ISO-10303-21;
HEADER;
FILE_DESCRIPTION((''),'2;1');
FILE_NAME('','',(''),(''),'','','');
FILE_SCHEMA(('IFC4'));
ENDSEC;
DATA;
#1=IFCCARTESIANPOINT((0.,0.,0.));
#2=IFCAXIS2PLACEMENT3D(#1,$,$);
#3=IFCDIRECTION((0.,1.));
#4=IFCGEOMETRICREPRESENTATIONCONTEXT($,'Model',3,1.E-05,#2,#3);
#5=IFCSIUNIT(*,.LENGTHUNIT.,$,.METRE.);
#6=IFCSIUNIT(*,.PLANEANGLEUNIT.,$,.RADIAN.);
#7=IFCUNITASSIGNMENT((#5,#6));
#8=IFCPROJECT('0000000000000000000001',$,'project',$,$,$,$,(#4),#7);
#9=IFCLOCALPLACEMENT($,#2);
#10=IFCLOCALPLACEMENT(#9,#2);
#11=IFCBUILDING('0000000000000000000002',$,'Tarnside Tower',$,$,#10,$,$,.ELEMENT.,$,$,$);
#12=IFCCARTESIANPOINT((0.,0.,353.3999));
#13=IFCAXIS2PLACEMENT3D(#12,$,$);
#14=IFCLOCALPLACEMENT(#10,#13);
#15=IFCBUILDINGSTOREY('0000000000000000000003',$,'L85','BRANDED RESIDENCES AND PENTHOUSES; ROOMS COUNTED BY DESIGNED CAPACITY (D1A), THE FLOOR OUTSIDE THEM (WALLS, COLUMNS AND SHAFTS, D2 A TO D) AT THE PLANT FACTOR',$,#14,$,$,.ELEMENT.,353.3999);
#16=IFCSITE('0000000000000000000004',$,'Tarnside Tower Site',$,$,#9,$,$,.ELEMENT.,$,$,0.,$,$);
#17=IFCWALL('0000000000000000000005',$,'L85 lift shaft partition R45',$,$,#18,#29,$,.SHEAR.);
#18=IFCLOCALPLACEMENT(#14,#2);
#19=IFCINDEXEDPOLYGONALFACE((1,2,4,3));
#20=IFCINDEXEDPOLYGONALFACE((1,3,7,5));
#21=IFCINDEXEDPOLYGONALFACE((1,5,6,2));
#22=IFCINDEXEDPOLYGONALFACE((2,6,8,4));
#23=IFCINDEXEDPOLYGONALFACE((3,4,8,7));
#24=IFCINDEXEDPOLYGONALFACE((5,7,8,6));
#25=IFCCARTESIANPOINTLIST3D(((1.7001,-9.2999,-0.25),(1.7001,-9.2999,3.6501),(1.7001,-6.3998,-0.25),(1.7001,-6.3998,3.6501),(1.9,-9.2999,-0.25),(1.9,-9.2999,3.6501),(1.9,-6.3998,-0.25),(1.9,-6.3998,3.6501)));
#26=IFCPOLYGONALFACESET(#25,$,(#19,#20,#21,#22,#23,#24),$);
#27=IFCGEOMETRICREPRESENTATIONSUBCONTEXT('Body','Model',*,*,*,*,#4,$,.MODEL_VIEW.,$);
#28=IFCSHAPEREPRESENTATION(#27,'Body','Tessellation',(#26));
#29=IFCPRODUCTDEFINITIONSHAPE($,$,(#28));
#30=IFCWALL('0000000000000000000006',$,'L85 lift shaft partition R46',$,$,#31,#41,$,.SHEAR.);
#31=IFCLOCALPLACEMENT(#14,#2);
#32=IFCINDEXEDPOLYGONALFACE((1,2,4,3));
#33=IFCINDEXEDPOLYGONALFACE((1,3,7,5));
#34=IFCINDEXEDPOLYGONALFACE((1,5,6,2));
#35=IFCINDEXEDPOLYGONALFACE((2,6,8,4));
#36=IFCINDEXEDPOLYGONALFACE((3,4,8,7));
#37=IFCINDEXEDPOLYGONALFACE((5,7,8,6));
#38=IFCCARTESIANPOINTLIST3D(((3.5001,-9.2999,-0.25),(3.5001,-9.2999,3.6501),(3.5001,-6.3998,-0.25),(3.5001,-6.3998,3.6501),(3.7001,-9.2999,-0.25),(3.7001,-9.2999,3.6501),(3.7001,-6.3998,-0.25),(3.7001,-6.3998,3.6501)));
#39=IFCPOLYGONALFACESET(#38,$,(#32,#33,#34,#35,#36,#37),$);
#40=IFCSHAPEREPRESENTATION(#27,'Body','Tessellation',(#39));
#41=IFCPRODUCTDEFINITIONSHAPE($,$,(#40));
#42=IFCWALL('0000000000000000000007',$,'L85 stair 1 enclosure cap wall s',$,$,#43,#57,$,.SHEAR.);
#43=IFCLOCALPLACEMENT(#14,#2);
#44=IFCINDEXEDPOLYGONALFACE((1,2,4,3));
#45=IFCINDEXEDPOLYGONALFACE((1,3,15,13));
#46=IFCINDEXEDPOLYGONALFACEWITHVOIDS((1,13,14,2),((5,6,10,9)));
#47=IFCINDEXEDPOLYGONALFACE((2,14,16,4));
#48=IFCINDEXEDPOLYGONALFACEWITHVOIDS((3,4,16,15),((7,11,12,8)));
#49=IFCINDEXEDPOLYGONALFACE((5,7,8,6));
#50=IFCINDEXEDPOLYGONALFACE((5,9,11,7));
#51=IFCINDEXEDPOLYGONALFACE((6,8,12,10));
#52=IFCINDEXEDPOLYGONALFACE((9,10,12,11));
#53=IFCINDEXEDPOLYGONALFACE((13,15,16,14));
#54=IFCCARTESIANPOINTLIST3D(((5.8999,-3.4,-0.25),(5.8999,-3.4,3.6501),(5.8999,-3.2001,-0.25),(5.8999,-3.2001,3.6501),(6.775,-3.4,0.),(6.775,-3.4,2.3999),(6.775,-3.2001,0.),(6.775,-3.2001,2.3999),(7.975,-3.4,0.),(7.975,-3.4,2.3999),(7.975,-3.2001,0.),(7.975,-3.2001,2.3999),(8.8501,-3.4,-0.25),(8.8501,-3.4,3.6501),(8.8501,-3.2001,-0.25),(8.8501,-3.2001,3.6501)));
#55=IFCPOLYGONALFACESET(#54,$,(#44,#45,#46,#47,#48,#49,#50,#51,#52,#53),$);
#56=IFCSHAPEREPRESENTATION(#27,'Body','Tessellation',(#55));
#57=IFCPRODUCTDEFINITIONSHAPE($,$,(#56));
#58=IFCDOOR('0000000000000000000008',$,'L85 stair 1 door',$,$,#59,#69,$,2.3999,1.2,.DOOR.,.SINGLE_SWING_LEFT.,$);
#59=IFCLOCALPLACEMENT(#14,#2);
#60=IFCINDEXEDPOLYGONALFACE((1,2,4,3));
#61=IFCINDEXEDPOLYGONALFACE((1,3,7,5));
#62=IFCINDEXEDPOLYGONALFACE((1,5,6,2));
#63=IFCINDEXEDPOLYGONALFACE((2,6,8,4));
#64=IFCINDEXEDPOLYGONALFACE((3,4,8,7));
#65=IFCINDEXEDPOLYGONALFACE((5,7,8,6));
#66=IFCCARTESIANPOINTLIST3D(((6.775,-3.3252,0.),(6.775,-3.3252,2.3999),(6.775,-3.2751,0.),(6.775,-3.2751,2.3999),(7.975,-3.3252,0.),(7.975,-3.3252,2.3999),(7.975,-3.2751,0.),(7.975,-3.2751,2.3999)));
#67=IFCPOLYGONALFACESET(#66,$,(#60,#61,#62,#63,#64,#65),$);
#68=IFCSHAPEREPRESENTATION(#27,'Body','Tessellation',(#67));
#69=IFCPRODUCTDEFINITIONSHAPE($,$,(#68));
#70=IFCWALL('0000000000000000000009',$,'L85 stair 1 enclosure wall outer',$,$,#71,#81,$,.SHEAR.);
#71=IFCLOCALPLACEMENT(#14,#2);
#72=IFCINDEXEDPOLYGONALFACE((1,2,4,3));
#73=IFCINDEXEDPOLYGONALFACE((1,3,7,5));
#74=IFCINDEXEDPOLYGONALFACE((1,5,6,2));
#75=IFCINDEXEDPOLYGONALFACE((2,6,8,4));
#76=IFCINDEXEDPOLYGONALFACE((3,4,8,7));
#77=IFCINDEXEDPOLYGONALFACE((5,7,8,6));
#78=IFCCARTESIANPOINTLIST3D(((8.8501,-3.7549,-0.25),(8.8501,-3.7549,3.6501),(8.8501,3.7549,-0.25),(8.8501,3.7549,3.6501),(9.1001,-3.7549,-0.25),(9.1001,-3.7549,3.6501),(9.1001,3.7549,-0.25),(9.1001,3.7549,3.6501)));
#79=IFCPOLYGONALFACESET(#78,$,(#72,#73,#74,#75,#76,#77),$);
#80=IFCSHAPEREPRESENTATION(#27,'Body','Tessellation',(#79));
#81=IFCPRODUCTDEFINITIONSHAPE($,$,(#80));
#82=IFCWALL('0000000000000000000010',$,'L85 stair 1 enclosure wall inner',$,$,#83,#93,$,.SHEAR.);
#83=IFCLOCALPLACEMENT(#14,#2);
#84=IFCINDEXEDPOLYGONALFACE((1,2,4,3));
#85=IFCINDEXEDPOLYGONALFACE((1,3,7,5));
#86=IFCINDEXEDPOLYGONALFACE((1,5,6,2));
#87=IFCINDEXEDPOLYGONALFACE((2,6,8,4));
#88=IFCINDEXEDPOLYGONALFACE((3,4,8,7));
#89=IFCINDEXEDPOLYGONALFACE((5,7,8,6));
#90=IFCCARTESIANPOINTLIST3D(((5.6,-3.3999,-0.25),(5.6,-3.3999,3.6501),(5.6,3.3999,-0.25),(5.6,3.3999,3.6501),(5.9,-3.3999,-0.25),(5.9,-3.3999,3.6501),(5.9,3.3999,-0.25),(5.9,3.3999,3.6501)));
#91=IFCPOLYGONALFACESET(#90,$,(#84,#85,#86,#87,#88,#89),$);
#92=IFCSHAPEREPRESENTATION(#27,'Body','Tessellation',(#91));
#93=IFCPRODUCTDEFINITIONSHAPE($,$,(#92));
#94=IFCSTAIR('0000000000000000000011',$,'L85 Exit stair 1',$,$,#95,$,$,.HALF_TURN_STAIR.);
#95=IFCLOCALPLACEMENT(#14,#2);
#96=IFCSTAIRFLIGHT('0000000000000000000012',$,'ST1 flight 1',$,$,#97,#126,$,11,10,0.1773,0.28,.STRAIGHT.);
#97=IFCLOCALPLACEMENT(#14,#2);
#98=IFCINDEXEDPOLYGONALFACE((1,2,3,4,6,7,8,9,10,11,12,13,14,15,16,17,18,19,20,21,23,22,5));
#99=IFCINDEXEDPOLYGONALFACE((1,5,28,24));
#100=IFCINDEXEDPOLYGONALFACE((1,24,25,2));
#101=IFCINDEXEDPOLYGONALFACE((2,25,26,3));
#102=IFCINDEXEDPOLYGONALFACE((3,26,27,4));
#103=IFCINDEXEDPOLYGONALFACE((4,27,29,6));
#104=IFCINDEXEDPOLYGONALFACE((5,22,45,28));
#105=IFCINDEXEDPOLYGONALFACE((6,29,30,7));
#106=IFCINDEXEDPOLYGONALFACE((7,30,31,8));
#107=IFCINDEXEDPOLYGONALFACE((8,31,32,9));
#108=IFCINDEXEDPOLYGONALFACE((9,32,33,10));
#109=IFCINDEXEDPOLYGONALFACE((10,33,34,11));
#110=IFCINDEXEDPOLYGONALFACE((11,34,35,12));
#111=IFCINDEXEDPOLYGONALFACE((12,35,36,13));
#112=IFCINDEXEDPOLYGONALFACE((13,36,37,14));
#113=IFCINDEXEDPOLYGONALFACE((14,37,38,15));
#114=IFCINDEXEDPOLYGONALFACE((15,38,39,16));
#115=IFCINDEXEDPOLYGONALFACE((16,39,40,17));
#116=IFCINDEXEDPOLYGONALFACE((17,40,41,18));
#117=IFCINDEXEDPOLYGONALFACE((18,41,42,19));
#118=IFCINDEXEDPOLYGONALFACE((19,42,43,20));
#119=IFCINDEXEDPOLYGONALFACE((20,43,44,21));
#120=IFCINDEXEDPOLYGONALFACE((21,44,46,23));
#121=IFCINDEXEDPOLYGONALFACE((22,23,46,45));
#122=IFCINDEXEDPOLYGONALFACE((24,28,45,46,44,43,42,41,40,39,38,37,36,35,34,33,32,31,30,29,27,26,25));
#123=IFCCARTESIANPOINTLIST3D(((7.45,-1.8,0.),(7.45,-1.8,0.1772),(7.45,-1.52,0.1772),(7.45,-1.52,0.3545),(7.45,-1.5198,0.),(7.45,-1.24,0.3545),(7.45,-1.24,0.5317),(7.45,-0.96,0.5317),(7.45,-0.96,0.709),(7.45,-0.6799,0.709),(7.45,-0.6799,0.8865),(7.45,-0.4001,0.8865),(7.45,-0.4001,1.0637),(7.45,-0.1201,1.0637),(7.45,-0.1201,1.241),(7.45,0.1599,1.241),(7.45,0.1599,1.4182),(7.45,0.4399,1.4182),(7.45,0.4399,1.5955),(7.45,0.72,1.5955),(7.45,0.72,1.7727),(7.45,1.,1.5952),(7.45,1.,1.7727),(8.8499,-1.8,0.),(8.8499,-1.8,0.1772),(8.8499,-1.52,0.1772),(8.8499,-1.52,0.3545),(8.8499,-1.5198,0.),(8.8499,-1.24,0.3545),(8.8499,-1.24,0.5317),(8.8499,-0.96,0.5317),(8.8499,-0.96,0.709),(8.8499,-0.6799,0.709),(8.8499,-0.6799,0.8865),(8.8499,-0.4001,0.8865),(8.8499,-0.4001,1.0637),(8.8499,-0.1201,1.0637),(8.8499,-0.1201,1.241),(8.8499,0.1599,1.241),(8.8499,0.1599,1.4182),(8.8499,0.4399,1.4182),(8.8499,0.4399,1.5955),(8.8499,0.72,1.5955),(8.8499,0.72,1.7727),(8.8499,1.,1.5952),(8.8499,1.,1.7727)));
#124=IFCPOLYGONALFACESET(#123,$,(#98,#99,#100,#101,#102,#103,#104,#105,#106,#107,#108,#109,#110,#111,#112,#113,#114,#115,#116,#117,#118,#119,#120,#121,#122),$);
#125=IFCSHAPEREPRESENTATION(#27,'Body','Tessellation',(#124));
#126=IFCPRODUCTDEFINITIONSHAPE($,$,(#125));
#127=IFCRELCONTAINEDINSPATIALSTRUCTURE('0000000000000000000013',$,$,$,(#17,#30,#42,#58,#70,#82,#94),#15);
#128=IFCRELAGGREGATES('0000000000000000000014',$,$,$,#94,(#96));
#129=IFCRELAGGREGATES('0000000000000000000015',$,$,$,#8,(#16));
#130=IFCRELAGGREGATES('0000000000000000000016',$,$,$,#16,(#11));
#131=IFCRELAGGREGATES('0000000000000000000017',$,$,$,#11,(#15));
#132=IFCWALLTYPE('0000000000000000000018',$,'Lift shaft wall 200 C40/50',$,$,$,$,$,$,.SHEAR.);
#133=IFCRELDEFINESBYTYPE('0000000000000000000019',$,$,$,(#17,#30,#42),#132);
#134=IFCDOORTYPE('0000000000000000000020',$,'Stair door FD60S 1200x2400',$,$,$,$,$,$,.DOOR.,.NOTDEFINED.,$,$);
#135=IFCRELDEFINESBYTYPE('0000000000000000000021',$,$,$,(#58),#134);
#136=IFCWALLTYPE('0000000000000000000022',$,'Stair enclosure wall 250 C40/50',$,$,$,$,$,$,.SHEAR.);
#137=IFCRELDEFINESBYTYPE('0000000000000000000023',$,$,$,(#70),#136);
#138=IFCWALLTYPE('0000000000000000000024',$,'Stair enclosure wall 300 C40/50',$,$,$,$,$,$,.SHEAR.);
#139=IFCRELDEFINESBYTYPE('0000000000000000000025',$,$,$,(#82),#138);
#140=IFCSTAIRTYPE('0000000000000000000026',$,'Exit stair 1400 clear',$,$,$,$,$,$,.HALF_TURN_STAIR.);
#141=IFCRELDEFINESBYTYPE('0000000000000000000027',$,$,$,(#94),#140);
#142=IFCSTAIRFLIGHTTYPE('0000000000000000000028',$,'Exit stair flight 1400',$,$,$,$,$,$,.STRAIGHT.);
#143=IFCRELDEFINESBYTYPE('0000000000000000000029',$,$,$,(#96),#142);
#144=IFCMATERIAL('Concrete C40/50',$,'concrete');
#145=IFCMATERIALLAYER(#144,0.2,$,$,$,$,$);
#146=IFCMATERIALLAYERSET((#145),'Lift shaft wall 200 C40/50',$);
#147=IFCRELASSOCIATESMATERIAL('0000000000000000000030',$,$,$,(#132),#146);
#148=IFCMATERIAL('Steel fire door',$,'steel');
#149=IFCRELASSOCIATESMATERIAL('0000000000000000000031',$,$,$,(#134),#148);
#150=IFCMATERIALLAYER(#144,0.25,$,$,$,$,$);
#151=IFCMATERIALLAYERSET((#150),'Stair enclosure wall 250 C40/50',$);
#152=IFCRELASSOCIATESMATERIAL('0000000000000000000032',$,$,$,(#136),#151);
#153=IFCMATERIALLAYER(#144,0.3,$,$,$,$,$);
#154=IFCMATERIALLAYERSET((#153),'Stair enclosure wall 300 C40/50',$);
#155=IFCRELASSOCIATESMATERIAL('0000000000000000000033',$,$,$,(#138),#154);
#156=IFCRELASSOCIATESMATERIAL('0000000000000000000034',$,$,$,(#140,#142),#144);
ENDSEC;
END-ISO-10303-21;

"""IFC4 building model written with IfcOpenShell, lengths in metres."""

from ifc_helpers import new_model, si_unit, direction, frame, frame_2d, origin, place, context, subcontext, project, spatial, polyline, rectangle, outline, extrude, material, layer, layer_set, type_object, element, fill, aggregate, save


model = new_model("IFC4")

# Units and contexts
model_context = context("Model", 3, precision=1e-05, world=origin(), true_north=direction((0.0, 1.0)))
body_context = subcontext(model_context, "Body", "Model", "MODEL_VIEW")
ifc_project = project(units=[si_unit("LENGTHUNIT", "METRE"), si_unit("PLANEANGLEUNIT", "RADIAN")], contexts=[model_context])

# Site, building, storey
site_placement = place(None, origin())
site = spatial("IfcSite", under=ifc_project, at=site_placement, Name="Tarnside Tower Site", CompositionType="ELEMENT", RefElevation=0.0)
building_placement = place(site_placement, origin())
building = spatial("IfcBuilding", under=site, at=building_placement, Name="Tarnside Tower", CompositionType="ELEMENT")
storey_placement = place(building_placement, frame((0.0, 0.0, 353.3999)))
storey = spatial("IfcBuildingStorey", under=building, at=storey_placement, Name="L85", Description="BRANDED RESIDENCES AND PENTHOUSES; ROOMS COUNTED BY DESIGNED CAPACITY (D1A), THE FLOOR OUTSIDE THEM (WALLS, COLUMNS AND SHAFTS, D2 A TO D) AT THE PLANT FACTOR", CompositionType="ELEMENT", Elevation=353.3999)

# Shared definitions
ifc_material_1 = material(Name="Concrete C40/50", Category="concrete")

# Shared definitions
ifc_material_2 = material(Name="Steel fire door", Category="steel")

# Walls
ifc_layer_1 = layer(ifc_material_1, 0.2)
ifc_layer_set_1 = layer_set([ifc_layer_1], Name="Lift shaft wall 200 C40/50")
wall_type_1 = type_object("IfcWallType", Name="Lift shaft wall 200 C40/50", PredefinedType="SHEAR", material=ifc_layer_set_1)
for number, where, z_axis, x_axis, name in (
    (1, (1.8, -9.3, -0.25), (0.0, 0.0, 1.0), (0.0, 1.0, 0.0), "L85 lift shaft partition R45"),
    (2, (3.6001, -9.3, -0.25), (0.0, 0.0, 1.0), (0.0, 1.0, 0.0), "L85 lift shaft partition R46"),
):
    element("IfcWall", number, at=place(storey_placement, frame(where, z_axis=z_axis, x_axis=x_axis)), inside=storey, type_object=wall_type_1, Name=name, PredefinedType="SHEAR", context=body_context, shape_type="SweptSolid", body=[
        extrude(rectangle(XDim=2.9001, YDim=0.2, at=frame_2d((1.4502, 0.0))), origin(), (0.0, 0.0, 1.0), 3.9001),
    ])

# Wall, opening, door
wall_1_placement = place(storey_placement, frame((5.8999, -3.3, -0.25), z_axis=(0.0, 0.0, 1.0), x_axis=(1.0, 0.0, 0.0)))
wall_1 = element("IfcWall", 3, at=wall_1_placement, inside=storey, type_object=wall_type_1, Name="L85 stair 1 enclosure cap wall s", PredefinedType="SHEAR", context=body_context, shape_type="SweptSolid", body=[
    extrude(rectangle(XDim=2.9502, YDim=0.2, at=frame_2d((1.4751, 0.0))), origin(), (0.0, 0.0, 1.0), 3.9001),
])
opening_1_placement = place(wall_1_placement, frame((0.875, 0.0, 0.25)))
opening_1 = element("IfcOpeningElement", 4, at=opening_1_placement, cuts=wall_1, PredefinedType="OPENING", context=body_context, shape_type="SweptSolid", body=[
    extrude(rectangle(XDim=1.2, YDim=2.3999, at=frame_2d((0.6001, 1.2))), frame((0.0, 0.1099, 0.0), z_axis=(0.0, -1.0, 0.0), x_axis=(1.0, 0.0, 0.0)), (0.0, 0.0, 1.0), 0.22),
])
door_type_1 = type_object("IfcDoorType", Name="Stair door FD60S 1200x2400", OperationType="NOTDEFINED", PredefinedType="DOOR", material=ifc_material_2)
door_1_placement = place(opening_1_placement, origin())
door_1 = element("IfcDoor", 5, at=door_1_placement, inside=storey, type_object=door_type_1, Name="L85 stair 1 door", OperationType="SINGLE_SWING_LEFT", OverallHeight=2.3999, OverallWidth=1.2, PredefinedType="DOOR", context=body_context, shape_type="SweptSolid", body=[
    extrude(rectangle(XDim=1.2, YDim=2.3999, at=frame_2d((0.6001, 1.2))), frame((0.0, 0.0249, 0.0), z_axis=(0.0, -1.0, 0.0), x_axis=(1.0, 0.0, 0.0)), (0.0, 0.0, 1.0), 0.05),
])
fill(opening_1, door_1)

# Walls
ifc_layer_2 = layer(ifc_material_1, 0.25)
ifc_layer_set_2 = layer_set([ifc_layer_2], Name="Stair enclosure wall 250 C40/50")
wall_type_2 = type_object("IfcWallType", Name="Stair enclosure wall 250 C40/50", PredefinedType="SHEAR", material=ifc_layer_set_2)
wall_2_placement = place(storey_placement, frame((8.9751, -3.7549, -0.25), z_axis=(0.0, 0.0, 1.0), x_axis=(0.0, 1.0, 0.0)))
element("IfcWall", 6, at=wall_2_placement, inside=storey, type_object=wall_type_2, Name="L85 stair 1 enclosure wall outer", PredefinedType="SHEAR", context=body_context, shape_type="SweptSolid", body=[
    extrude(rectangle(XDim=7.5098, YDim=0.25, at=frame_2d((3.7549, 0.0))), origin(), (0.0, 0.0, 1.0), 3.9001),
])
ifc_layer_3 = layer(ifc_material_1, 0.3)
ifc_layer_set_3 = layer_set([ifc_layer_3], Name="Stair enclosure wall 300 C40/50")
wall_type_3 = type_object("IfcWallType", Name="Stair enclosure wall 300 C40/50", PredefinedType="SHEAR", material=ifc_layer_set_3)
wall_3_placement = place(storey_placement, frame((5.75, -3.3999, -0.25), z_axis=(0.0, 0.0, 1.0), x_axis=(0.0, 1.0, 0.0)))
element("IfcWall", 7, at=wall_3_placement, inside=storey, type_object=wall_type_3, Name="L85 stair 1 enclosure wall inner", PredefinedType="SHEAR", context=body_context, shape_type="SweptSolid", body=[
    extrude(rectangle(XDim=6.7998, YDim=0.3, at=frame_2d((3.3999, 0.0))), origin(), (0.0, 0.0, 1.0), 3.9001),
])

# Stair, stair flight
stair_type = type_object("IfcStairType", Name="Exit stair 1400 clear", PredefinedType="HALF_TURN_STAIR", material=ifc_material_1)
stair_placement = place(storey_placement, origin())
stair = element("IfcStair", 8, at=stair_placement, inside=storey, type_object=stair_type, Name="L85 Exit stair 1", PredefinedType="HALF_TURN_STAIR")
stair_flight_type = type_object("IfcStairFlightType", Name="Exit stair flight 1400", PredefinedType="STRAIGHT", material=ifc_material_1)
stair_flight_placement = place(storey_placement, frame((8.1499, -1.8, 0.0), z_axis=(0.0, 0.0, 1.0), x_axis=(0.0, 1.0, 0.0)))
stair_flight = element("IfcStairFlight", 9, at=stair_flight_placement, type_object=stair_flight_type, Name="ST1 flight 1", NumberOfRisers=11, NumberOfTreads=10, PredefinedType="STRAIGHT", RiserHeight=0.1773, TreadLength=0.28, context=body_context, shape_type="SweptSolid", body=[
    extrude(outline(polyline([(0.0, 0.0), (0.0, 0.1772), (0.28, 0.1772), (0.28, 0.3545), (0.5601, 0.3545), (0.5601, 0.5317), (0.8401, 0.5317), (0.8401, 0.709), (1.1201, 0.709), (1.1201, 0.8865), (1.3999, 0.8865), (1.3999, 1.0637), (1.6799, 1.0637), (1.6799, 1.241), (1.96, 1.241), (1.96, 1.4182), (2.24, 1.4182), (2.24, 1.5955), (2.52, 1.5955), (2.52, 1.7727), (2.8, 1.7727), (2.8, 1.95), (2.8, 1.5952), (0.2803, 0.0), (0.0, 0.0)])), frame((0.0, 0.7, 0.0), z_axis=(0.0, -1.0, 0.0), x_axis=(1.0, 0.0, 0.0)), (0.0, 0.0, 1.0), 1.3999),
])
aggregate(stair, [stair_flight])

save(model, "model.ifc")
